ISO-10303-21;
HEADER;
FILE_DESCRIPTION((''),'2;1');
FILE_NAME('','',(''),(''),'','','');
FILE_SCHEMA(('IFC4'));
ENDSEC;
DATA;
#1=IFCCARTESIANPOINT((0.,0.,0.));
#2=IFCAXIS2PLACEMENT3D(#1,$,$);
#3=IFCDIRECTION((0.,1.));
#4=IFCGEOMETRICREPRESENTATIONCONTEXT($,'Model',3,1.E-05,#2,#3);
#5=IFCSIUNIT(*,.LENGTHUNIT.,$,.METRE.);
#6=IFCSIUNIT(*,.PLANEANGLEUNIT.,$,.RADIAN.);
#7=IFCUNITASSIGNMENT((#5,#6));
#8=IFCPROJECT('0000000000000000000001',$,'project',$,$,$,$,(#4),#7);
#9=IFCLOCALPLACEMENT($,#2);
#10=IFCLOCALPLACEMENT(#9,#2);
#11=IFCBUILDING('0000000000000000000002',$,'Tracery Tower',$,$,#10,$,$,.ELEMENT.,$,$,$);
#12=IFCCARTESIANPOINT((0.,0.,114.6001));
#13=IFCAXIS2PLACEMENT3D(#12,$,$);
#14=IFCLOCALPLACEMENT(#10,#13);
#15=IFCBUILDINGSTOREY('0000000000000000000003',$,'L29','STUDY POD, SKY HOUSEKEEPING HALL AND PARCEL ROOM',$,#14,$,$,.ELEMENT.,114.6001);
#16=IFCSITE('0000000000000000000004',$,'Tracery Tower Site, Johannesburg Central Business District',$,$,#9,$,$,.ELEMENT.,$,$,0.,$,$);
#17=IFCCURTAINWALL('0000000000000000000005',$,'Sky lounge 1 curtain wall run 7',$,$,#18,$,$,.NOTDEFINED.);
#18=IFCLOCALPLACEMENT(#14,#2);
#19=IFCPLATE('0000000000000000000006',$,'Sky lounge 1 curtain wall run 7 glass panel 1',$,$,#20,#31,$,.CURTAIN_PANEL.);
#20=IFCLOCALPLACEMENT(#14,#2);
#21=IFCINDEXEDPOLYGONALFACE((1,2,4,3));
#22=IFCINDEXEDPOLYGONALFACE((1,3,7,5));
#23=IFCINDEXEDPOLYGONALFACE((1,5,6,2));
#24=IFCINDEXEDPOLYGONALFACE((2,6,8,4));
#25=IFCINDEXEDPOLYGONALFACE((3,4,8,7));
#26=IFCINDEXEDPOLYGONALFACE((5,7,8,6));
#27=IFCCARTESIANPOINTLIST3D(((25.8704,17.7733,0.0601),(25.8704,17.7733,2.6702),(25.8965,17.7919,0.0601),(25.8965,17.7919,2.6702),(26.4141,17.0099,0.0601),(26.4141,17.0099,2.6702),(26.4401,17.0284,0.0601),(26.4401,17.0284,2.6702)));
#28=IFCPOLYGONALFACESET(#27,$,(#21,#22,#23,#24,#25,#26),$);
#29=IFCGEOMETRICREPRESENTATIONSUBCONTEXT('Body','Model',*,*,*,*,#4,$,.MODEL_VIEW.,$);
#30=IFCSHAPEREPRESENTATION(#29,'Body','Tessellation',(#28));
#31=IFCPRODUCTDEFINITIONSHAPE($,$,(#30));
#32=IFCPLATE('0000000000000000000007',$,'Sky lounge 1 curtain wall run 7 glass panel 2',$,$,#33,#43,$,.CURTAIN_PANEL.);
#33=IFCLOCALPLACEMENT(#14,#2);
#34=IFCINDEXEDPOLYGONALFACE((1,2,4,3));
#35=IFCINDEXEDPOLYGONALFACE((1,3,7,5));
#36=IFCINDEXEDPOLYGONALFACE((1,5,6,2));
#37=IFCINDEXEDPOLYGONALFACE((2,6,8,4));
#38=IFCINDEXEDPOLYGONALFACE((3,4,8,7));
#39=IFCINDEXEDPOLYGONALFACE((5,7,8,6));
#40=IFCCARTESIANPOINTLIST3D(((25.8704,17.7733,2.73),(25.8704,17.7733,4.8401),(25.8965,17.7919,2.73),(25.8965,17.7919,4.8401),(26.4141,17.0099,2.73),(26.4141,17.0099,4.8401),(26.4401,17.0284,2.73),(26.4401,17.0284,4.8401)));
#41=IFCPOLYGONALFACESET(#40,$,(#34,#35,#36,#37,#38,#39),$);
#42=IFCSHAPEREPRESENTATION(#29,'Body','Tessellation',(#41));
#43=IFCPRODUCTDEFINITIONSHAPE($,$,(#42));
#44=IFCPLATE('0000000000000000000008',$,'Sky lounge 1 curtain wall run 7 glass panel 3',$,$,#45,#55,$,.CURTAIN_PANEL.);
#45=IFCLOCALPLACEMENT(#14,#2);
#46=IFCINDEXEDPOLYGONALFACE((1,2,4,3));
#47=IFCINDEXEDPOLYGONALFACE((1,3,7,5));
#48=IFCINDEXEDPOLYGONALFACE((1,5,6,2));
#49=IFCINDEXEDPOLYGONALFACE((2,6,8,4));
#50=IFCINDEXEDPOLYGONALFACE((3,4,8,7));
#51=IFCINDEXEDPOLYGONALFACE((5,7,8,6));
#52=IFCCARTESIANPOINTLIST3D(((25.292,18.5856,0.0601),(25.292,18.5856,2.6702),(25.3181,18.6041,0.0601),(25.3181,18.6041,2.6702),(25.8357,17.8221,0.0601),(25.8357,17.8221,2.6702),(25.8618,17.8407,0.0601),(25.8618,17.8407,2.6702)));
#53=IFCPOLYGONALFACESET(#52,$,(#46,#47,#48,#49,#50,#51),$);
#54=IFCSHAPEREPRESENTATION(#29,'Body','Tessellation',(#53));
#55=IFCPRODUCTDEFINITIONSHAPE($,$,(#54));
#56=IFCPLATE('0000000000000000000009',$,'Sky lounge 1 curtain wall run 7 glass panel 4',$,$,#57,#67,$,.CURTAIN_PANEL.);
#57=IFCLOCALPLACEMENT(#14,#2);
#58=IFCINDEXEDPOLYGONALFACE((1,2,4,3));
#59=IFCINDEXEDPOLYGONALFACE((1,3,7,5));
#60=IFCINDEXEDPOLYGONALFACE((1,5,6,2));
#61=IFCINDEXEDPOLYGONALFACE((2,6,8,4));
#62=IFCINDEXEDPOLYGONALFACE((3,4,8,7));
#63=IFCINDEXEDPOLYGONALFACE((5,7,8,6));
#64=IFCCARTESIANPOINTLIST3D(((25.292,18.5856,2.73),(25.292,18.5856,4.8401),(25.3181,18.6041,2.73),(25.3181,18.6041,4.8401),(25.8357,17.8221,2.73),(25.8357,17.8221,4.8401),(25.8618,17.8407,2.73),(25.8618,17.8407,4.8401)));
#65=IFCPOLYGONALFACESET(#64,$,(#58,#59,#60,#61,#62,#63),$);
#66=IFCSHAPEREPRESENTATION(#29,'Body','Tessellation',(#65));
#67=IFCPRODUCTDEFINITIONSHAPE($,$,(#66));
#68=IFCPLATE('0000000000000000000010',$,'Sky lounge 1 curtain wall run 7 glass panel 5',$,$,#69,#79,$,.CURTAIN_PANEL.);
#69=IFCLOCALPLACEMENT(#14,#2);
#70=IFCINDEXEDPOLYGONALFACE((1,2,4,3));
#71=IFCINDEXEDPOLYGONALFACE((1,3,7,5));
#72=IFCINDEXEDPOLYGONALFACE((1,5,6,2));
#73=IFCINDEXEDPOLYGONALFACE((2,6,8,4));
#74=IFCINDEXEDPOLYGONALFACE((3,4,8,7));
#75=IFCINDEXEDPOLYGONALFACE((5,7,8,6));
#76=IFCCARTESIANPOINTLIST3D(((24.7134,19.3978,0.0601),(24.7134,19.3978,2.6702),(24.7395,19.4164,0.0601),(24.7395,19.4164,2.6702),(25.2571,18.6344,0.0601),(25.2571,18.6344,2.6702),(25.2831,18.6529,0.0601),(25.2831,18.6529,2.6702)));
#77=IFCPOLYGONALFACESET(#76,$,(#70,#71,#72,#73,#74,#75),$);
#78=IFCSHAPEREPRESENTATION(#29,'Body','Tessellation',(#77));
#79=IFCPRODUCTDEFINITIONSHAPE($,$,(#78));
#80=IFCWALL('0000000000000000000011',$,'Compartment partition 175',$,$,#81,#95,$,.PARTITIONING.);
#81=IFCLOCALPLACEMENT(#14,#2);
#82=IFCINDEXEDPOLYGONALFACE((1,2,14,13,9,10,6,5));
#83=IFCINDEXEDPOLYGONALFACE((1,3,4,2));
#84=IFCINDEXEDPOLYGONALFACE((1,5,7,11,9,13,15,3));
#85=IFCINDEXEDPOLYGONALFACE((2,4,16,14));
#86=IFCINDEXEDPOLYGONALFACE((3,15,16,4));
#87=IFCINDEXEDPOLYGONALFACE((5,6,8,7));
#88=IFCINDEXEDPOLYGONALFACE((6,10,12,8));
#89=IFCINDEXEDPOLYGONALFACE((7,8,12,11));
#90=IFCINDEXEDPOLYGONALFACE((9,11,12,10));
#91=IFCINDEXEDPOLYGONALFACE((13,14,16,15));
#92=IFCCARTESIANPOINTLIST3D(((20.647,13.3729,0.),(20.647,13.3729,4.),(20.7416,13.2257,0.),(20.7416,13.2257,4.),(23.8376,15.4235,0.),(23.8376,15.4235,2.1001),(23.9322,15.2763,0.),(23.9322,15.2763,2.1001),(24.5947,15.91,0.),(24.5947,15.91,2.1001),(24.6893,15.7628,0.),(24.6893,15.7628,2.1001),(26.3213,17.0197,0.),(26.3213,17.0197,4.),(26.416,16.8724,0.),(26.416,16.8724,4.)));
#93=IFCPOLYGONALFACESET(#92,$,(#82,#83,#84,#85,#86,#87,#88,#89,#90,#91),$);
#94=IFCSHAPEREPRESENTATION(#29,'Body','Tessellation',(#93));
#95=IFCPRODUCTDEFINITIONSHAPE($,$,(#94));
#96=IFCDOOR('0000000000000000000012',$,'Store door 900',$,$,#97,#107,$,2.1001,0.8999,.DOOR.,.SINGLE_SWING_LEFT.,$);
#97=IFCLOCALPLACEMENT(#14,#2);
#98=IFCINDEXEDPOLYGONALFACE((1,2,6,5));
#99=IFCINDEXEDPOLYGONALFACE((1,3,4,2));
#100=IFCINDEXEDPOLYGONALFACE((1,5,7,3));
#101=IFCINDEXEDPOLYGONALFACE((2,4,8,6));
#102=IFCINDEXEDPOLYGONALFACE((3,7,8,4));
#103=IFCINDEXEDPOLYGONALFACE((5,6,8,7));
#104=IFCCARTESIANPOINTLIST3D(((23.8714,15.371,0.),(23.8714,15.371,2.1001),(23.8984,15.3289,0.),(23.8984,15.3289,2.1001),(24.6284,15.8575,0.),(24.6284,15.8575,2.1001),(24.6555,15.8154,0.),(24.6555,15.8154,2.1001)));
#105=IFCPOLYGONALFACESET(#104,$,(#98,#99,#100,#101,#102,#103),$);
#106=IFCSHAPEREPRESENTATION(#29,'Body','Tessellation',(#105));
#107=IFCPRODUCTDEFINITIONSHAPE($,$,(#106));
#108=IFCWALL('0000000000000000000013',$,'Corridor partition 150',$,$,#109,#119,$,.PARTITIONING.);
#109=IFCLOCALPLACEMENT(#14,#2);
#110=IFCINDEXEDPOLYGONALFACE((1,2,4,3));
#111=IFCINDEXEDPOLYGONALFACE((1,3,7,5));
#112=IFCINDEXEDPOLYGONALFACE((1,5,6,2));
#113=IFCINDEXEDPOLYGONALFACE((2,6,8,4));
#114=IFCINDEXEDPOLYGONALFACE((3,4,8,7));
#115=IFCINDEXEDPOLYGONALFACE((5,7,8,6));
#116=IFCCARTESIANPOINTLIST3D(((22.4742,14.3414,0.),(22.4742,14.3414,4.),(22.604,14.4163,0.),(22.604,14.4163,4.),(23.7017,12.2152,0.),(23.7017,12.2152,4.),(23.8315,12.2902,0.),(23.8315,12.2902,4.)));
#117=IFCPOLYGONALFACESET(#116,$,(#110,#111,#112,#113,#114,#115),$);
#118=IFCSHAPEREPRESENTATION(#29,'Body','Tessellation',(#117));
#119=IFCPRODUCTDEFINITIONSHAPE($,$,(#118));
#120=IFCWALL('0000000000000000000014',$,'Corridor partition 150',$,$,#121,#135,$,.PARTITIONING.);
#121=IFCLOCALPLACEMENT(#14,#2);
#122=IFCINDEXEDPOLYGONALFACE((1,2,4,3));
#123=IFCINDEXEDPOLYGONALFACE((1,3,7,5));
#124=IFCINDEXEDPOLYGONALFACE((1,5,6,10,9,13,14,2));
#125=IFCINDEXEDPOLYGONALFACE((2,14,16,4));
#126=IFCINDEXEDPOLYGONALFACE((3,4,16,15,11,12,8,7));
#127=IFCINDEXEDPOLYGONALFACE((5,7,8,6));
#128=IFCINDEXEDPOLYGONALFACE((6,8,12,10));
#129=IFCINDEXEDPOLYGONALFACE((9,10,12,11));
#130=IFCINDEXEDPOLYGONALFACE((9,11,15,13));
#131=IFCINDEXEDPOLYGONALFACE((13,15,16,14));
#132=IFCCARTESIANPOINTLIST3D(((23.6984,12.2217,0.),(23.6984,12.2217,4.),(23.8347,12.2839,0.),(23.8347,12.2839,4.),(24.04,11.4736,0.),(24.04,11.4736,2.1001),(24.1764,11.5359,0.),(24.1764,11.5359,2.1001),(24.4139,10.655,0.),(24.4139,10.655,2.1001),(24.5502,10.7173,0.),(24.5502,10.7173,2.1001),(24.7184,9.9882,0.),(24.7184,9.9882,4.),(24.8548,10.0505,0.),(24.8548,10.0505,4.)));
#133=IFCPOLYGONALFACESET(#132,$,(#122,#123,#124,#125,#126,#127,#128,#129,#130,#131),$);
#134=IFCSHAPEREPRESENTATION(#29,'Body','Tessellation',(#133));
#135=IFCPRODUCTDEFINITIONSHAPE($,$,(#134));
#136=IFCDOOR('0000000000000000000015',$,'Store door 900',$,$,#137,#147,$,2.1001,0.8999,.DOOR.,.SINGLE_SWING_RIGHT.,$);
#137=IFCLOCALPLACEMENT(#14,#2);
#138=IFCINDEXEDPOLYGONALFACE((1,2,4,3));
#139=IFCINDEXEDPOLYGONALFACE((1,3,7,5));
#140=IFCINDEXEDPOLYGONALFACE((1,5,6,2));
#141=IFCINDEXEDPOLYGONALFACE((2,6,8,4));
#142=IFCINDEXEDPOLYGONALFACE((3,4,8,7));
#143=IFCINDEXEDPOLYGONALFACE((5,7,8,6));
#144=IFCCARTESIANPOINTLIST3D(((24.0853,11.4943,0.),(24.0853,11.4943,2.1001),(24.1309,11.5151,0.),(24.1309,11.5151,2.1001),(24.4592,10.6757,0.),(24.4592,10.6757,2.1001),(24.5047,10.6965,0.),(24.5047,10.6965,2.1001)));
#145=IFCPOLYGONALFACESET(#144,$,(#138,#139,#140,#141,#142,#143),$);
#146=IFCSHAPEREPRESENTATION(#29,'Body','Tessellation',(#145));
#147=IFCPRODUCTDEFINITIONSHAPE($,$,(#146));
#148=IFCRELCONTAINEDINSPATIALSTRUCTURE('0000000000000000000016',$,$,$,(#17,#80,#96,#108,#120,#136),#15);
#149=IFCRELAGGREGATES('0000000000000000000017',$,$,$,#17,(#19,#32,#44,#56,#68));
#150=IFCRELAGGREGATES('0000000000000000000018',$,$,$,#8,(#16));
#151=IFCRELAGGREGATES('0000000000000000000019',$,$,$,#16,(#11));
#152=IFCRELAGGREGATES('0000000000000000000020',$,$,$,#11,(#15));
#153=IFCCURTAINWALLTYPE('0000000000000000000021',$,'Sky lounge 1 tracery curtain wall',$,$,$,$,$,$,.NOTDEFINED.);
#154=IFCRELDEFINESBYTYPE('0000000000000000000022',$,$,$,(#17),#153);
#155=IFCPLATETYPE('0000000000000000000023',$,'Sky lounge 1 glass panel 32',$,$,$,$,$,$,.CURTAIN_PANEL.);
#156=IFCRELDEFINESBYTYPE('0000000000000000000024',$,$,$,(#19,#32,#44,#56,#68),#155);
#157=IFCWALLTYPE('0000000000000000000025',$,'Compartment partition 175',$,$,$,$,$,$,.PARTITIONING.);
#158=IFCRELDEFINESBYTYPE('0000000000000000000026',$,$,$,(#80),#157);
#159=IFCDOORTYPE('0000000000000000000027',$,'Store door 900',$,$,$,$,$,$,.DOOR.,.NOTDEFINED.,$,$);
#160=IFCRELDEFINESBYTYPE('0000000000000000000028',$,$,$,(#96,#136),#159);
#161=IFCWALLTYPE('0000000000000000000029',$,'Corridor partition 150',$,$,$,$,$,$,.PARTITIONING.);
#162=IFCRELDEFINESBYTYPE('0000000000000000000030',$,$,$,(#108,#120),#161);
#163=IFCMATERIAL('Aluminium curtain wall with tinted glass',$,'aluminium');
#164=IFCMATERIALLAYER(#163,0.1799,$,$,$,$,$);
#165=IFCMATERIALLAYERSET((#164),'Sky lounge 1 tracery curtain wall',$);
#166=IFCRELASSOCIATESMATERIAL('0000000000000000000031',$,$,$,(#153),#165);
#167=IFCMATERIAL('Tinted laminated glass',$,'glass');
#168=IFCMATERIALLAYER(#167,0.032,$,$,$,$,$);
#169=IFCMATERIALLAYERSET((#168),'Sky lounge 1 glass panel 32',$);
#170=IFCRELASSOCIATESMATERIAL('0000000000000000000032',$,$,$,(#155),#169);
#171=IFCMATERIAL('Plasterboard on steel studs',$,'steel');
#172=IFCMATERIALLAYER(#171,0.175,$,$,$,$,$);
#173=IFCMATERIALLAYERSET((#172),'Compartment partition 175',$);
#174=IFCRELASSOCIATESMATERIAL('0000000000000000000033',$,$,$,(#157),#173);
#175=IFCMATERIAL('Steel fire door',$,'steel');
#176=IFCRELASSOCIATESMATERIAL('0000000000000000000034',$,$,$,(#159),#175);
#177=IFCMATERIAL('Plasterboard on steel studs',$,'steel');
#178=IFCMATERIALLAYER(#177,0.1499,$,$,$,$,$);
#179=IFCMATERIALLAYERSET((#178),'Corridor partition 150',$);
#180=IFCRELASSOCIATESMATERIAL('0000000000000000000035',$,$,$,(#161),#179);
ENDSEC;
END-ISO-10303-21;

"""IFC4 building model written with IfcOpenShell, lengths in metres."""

from ifc_helpers import new_model, si_unit, direction, frame, frame_2d, origin, origin_2d, place, context, subcontext, project, spatial, rectangle, extrude, material, layer, layer_set, type_object, element, fill, aggregate, save


model = new_model("IFC4")

# Units and contexts
model_context = context("Model", 3, precision=1e-05, world=origin(), true_north=direction((0.0, 1.0)))
body_context = subcontext(model_context, "Body", "Model", "MODEL_VIEW")
ifc_project = project(units=[si_unit("LENGTHUNIT", "METRE"), si_unit("PLANEANGLEUNIT", "RADIAN")], contexts=[model_context])

# Site, building, storey
site_placement = place(None, origin())
site = spatial("IfcSite", under=ifc_project, at=site_placement, Name="Tracery Tower Site, Johannesburg Central Business District", CompositionType="ELEMENT", RefElevation=0.0)
building_placement = place(site_placement, origin())
building = spatial("IfcBuilding", under=site, at=building_placement, Name="Tracery Tower", CompositionType="ELEMENT")
storey_placement = place(building_placement, frame((0.0, 0.0, 114.6001)))
storey = spatial("IfcBuildingStorey", under=building, at=storey_placement, Name="L29", Description="STUDY POD, SKY HOUSEKEEPING HALL AND PARCEL ROOM", CompositionType="ELEMENT", Elevation=114.6001)

# Curtain wall
ifc_material_1 = material(Name="Aluminium curtain wall with tinted glass", Category="aluminium")
ifc_layer_1 = layer(ifc_material_1, 0.1799)
ifc_layer_set_1 = layer_set([ifc_layer_1], Name="Sky lounge 1 tracery curtain wall")
curtain_wall_type = type_object("IfcCurtainWallType", Name="Sky lounge 1 tracery curtain wall", PredefinedType="NOTDEFINED", material=ifc_layer_set_1)
curtain_wall_1_placement = place(storey_placement, origin())
curtain_wall_1 = element("IfcCurtainWall", 1, at=curtain_wall_1_placement, inside=storey, type_object=curtain_wall_type, Name="Sky lounge 1 curtain wall run 7", PredefinedType="NOTDEFINED")

# Plates
ifc_material_2 = material(Name="Tinted laminated glass", Category="glass")
ifc_layer_2 = layer(ifc_material_2, 0.032)
ifc_layer_set_2 = layer_set([ifc_layer_2], Name="Sky lounge 1 glass panel 32")
plate_type = type_object("IfcPlateType", Name="Sky lounge 1 glass panel 32", PredefinedType="CURTAIN_PANEL", material=ifc_layer_set_2)
plate_1_placement = place(storey_placement, frame((26.1553, 17.4009, 0.0601), z_axis=(0.0, 0.0, 1.0), x_axis=(-0.580057, 0.814576, 0.0)))
plate_1 = element("IfcPlate", 2, at=plate_1_placement, type_object=plate_type, Name="Sky lounge 1 curtain wall run 7 glass panel 1", PredefinedType="CURTAIN_PANEL", context=body_context, shape_type="SweptSolid", body=[
    extrude(rectangle(XDim=0.9373, YDim=0.032, at=origin_2d()), origin(), (0.0, 0.0, 1.0), 2.6101),
])
plate_2_placement = place(storey_placement, frame((26.1553, 17.4009, 2.73), z_axis=(0.0, 0.0, 1.0), x_axis=(-0.580057, 0.814576, 0.0)))
plate_2 = element("IfcPlate", 3, at=plate_2_placement, type_object=plate_type, Name="Sky lounge 1 curtain wall run 7 glass panel 2", PredefinedType="CURTAIN_PANEL", context=body_context, shape_type="SweptSolid", body=[
    extrude(rectangle(XDim=0.9373, YDim=0.032, at=origin_2d()), origin(), (0.0, 0.0, 1.0), 2.1101),
])
plate_3_placement = place(storey_placement, frame((25.5769, 18.2131, 0.0601), z_axis=(0.0, 0.0, 1.0), x_axis=(-0.580057, 0.814576, 0.0)))
plate_3 = element("IfcPlate", 4, at=plate_3_placement, type_object=plate_type, Name="Sky lounge 1 curtain wall run 7 glass panel 3", PredefinedType="CURTAIN_PANEL", context=body_context, shape_type="SweptSolid", body=[
    extrude(rectangle(XDim=0.9373, YDim=0.032, at=origin_2d()), origin(), (0.0, 0.0, 1.0), 2.6101),
])
plate_4_placement = place(storey_placement, frame((25.5769, 18.2131, 2.73), z_axis=(0.0, 0.0, 1.0), x_axis=(-0.580057, 0.814576, 0.0)))
plate_4 = element("IfcPlate", 5, at=plate_4_placement, type_object=plate_type, Name="Sky lounge 1 curtain wall run 7 glass panel 4", PredefinedType="CURTAIN_PANEL", context=body_context, shape_type="SweptSolid", body=[
    extrude(rectangle(XDim=0.9373, YDim=0.032, at=origin_2d()), origin(), (0.0, 0.0, 1.0), 2.1101),
])
plate_5_placement = place(storey_placement, frame((24.9983, 19.0254, 0.0601), z_axis=(0.0, 0.0, 1.0), x_axis=(-0.580057, 0.814576, 0.0)))
plate_5 = element("IfcPlate", 6, at=plate_5_placement, type_object=plate_type, Name="Sky lounge 1 curtain wall run 7 glass panel 5", PredefinedType="CURTAIN_PANEL", context=body_context, shape_type="SweptSolid", body=[
    extrude(rectangle(XDim=0.9373, YDim=0.032, at=origin_2d()), origin(), (0.0, 0.0, 1.0), 2.6101),
])
aggregate(curtain_wall_1, [plate_1, plate_2, plate_3, plate_4, plate_5])

# Wall, opening, door
ifc_material_3 = material(Name="Plasterboard on steel studs", Category="steel")
ifc_layer_3 = layer(ifc_material_3, 0.175)
ifc_layer_set_3 = layer_set([ifc_layer_3], Name="Compartment partition 175")
wall_type_1 = type_object("IfcWallType", Name="Compartment partition 175", PredefinedType="PARTITIONING", material=ifc_layer_set_3)
wall_1_placement = place(storey_placement, frame((26.3687, 16.946, 0.0), z_axis=(0.0, 0.0, 1.0), x_axis=(-0.841249, -0.540648, 0.0)))
wall_1 = element("IfcWall", 7, at=wall_1_placement, inside=storey, type_object=wall_type_1, Name="Compartment partition 175", PredefinedType="PARTITIONING", context=body_context, shape_type="SweptSolid", body=[
    extrude(rectangle(XDim=6.7451, YDim=0.175, at=frame_2d((3.3726, 0.0))), origin(), (0.0, 0.0, 1.0), 4.0),
])
opening_1_placement = place(wall_1_placement, frame((2.0525, 0.0, 0.0)))
opening_1 = element("IfcOpeningElement", 8, at=opening_1_placement, cuts=wall_1, PredefinedType="OPENING", context=body_context, shape_type="SweptSolid", body=[
    extrude(rectangle(XDim=0.8999, YDim=2.1001, at=frame_2d((0.45, 1.05))), frame((0.0, 0.0874, 0.0), z_axis=(0.0, -1.0, 0.0), x_axis=(1.0, 0.0, 0.0)), (0.0, 0.0, 1.0), 0.175),
])
ifc_material_4 = material(Name="Steel fire door", Category="steel")
door_type = type_object("IfcDoorType", Name="Store door 900", OperationType="NOTDEFINED", PredefinedType="DOOR", material=ifc_material_4)
door_1_placement = place(opening_1_placement, origin())
door_1 = element("IfcDoor", 9, at=door_1_placement, inside=storey, type_object=door_type, Name="Store door 900", OperationType="SINGLE_SWING_LEFT", OverallHeight=2.1001, OverallWidth=0.8999, PredefinedType="DOOR", context=body_context, shape_type="SweptSolid", body=[
    extrude(rectangle(XDim=0.8999, YDim=2.1001, at=frame_2d((0.45, 1.05))), frame((0.0, 0.0249, 0.0), z_axis=(0.0, -1.0, 0.0), x_axis=(1.0, 0.0, 0.0)), (0.0, 0.0, 1.0), 0.05),
])
fill(opening_1, door_1)

# Wall
ifc_material_5 = material(Name="Plasterboard on steel studs", Category="steel")
ifc_layer_4 = layer(ifc_material_5, 0.1499)
ifc_layer_set_4 = layer_set([ifc_layer_4], Name="Corridor partition 150")
wall_type_2 = type_object("IfcWallType", Name="Corridor partition 150", PredefinedType="PARTITIONING", material=ifc_layer_set_4)
wall_2_placement = place(storey_placement, frame((23.7666, 12.2527, 0.0), z_axis=(0.0, 0.0, 1.0), x_axis=(-0.499989, 0.866032, 0.0)))
element("IfcWall", 10, at=wall_2_placement, inside=storey, type_object=wall_type_2, Name="Corridor partition 150", PredefinedType="PARTITIONING", context=body_context, shape_type="SweptSolid", body=[
    extrude(rectangle(XDim=2.4551, YDim=0.1499, at=frame_2d((1.2275, 0.0))), origin(), (0.0, 0.0, 1.0), 4.0),
])

# Wall, opening, door
wall_3_placement = place(storey_placement, frame((23.7666, 12.2527, 0.0), z_axis=(0.0, 0.0, 1.0), x_axis=(0.415435, -0.909623, 0.0)))
wall_3 = element("IfcWall", 11, at=wall_3_placement, inside=storey, type_object=wall_type_2, Name="Corridor partition 150", PredefinedType="PARTITIONING", context=body_context, shape_type="SweptSolid", body=[
    extrude(rectangle(XDim=2.4553, YDim=0.1499, at=frame_2d((1.2275, 0.0))), origin(), (0.0, 0.0, 1.0), 4.0),
])
opening_2_placement = place(wall_3_placement, frame((0.8223, 0.0, 0.0)))
opening_2 = element("IfcOpeningElement", 12, at=opening_2_placement, cuts=wall_3, PredefinedType="OPENING", context=body_context, shape_type="SweptSolid", body=[
    extrude(rectangle(XDim=0.8999, YDim=2.1001, at=frame_2d((0.45, 1.05))), frame((0.0, 0.075, 0.0), z_axis=(0.0, -1.0, 0.0), x_axis=(1.0, 0.0, 0.0)), (0.0, 0.0, 1.0), 0.1499),
])
door_2_placement = place(opening_2_placement, origin())
door_2 = element("IfcDoor", 13, at=door_2_placement, inside=storey, type_object=door_type, Name="Store door 900", OperationType="SINGLE_SWING_RIGHT", OverallHeight=2.1001, OverallWidth=0.8999, PredefinedType="DOOR", context=body_context, shape_type="SweptSolid", body=[
    extrude(rectangle(XDim=0.8999, YDim=2.1001, at=frame_2d((0.45, 1.05))), frame((0.0, 0.0249, 0.0), z_axis=(0.0, -1.0, 0.0), x_axis=(1.0, 0.0, 0.0)), (0.0, 0.0, 1.0), 0.05),
])
fill(opening_2, door_2)

save(model, "model.ifc")
